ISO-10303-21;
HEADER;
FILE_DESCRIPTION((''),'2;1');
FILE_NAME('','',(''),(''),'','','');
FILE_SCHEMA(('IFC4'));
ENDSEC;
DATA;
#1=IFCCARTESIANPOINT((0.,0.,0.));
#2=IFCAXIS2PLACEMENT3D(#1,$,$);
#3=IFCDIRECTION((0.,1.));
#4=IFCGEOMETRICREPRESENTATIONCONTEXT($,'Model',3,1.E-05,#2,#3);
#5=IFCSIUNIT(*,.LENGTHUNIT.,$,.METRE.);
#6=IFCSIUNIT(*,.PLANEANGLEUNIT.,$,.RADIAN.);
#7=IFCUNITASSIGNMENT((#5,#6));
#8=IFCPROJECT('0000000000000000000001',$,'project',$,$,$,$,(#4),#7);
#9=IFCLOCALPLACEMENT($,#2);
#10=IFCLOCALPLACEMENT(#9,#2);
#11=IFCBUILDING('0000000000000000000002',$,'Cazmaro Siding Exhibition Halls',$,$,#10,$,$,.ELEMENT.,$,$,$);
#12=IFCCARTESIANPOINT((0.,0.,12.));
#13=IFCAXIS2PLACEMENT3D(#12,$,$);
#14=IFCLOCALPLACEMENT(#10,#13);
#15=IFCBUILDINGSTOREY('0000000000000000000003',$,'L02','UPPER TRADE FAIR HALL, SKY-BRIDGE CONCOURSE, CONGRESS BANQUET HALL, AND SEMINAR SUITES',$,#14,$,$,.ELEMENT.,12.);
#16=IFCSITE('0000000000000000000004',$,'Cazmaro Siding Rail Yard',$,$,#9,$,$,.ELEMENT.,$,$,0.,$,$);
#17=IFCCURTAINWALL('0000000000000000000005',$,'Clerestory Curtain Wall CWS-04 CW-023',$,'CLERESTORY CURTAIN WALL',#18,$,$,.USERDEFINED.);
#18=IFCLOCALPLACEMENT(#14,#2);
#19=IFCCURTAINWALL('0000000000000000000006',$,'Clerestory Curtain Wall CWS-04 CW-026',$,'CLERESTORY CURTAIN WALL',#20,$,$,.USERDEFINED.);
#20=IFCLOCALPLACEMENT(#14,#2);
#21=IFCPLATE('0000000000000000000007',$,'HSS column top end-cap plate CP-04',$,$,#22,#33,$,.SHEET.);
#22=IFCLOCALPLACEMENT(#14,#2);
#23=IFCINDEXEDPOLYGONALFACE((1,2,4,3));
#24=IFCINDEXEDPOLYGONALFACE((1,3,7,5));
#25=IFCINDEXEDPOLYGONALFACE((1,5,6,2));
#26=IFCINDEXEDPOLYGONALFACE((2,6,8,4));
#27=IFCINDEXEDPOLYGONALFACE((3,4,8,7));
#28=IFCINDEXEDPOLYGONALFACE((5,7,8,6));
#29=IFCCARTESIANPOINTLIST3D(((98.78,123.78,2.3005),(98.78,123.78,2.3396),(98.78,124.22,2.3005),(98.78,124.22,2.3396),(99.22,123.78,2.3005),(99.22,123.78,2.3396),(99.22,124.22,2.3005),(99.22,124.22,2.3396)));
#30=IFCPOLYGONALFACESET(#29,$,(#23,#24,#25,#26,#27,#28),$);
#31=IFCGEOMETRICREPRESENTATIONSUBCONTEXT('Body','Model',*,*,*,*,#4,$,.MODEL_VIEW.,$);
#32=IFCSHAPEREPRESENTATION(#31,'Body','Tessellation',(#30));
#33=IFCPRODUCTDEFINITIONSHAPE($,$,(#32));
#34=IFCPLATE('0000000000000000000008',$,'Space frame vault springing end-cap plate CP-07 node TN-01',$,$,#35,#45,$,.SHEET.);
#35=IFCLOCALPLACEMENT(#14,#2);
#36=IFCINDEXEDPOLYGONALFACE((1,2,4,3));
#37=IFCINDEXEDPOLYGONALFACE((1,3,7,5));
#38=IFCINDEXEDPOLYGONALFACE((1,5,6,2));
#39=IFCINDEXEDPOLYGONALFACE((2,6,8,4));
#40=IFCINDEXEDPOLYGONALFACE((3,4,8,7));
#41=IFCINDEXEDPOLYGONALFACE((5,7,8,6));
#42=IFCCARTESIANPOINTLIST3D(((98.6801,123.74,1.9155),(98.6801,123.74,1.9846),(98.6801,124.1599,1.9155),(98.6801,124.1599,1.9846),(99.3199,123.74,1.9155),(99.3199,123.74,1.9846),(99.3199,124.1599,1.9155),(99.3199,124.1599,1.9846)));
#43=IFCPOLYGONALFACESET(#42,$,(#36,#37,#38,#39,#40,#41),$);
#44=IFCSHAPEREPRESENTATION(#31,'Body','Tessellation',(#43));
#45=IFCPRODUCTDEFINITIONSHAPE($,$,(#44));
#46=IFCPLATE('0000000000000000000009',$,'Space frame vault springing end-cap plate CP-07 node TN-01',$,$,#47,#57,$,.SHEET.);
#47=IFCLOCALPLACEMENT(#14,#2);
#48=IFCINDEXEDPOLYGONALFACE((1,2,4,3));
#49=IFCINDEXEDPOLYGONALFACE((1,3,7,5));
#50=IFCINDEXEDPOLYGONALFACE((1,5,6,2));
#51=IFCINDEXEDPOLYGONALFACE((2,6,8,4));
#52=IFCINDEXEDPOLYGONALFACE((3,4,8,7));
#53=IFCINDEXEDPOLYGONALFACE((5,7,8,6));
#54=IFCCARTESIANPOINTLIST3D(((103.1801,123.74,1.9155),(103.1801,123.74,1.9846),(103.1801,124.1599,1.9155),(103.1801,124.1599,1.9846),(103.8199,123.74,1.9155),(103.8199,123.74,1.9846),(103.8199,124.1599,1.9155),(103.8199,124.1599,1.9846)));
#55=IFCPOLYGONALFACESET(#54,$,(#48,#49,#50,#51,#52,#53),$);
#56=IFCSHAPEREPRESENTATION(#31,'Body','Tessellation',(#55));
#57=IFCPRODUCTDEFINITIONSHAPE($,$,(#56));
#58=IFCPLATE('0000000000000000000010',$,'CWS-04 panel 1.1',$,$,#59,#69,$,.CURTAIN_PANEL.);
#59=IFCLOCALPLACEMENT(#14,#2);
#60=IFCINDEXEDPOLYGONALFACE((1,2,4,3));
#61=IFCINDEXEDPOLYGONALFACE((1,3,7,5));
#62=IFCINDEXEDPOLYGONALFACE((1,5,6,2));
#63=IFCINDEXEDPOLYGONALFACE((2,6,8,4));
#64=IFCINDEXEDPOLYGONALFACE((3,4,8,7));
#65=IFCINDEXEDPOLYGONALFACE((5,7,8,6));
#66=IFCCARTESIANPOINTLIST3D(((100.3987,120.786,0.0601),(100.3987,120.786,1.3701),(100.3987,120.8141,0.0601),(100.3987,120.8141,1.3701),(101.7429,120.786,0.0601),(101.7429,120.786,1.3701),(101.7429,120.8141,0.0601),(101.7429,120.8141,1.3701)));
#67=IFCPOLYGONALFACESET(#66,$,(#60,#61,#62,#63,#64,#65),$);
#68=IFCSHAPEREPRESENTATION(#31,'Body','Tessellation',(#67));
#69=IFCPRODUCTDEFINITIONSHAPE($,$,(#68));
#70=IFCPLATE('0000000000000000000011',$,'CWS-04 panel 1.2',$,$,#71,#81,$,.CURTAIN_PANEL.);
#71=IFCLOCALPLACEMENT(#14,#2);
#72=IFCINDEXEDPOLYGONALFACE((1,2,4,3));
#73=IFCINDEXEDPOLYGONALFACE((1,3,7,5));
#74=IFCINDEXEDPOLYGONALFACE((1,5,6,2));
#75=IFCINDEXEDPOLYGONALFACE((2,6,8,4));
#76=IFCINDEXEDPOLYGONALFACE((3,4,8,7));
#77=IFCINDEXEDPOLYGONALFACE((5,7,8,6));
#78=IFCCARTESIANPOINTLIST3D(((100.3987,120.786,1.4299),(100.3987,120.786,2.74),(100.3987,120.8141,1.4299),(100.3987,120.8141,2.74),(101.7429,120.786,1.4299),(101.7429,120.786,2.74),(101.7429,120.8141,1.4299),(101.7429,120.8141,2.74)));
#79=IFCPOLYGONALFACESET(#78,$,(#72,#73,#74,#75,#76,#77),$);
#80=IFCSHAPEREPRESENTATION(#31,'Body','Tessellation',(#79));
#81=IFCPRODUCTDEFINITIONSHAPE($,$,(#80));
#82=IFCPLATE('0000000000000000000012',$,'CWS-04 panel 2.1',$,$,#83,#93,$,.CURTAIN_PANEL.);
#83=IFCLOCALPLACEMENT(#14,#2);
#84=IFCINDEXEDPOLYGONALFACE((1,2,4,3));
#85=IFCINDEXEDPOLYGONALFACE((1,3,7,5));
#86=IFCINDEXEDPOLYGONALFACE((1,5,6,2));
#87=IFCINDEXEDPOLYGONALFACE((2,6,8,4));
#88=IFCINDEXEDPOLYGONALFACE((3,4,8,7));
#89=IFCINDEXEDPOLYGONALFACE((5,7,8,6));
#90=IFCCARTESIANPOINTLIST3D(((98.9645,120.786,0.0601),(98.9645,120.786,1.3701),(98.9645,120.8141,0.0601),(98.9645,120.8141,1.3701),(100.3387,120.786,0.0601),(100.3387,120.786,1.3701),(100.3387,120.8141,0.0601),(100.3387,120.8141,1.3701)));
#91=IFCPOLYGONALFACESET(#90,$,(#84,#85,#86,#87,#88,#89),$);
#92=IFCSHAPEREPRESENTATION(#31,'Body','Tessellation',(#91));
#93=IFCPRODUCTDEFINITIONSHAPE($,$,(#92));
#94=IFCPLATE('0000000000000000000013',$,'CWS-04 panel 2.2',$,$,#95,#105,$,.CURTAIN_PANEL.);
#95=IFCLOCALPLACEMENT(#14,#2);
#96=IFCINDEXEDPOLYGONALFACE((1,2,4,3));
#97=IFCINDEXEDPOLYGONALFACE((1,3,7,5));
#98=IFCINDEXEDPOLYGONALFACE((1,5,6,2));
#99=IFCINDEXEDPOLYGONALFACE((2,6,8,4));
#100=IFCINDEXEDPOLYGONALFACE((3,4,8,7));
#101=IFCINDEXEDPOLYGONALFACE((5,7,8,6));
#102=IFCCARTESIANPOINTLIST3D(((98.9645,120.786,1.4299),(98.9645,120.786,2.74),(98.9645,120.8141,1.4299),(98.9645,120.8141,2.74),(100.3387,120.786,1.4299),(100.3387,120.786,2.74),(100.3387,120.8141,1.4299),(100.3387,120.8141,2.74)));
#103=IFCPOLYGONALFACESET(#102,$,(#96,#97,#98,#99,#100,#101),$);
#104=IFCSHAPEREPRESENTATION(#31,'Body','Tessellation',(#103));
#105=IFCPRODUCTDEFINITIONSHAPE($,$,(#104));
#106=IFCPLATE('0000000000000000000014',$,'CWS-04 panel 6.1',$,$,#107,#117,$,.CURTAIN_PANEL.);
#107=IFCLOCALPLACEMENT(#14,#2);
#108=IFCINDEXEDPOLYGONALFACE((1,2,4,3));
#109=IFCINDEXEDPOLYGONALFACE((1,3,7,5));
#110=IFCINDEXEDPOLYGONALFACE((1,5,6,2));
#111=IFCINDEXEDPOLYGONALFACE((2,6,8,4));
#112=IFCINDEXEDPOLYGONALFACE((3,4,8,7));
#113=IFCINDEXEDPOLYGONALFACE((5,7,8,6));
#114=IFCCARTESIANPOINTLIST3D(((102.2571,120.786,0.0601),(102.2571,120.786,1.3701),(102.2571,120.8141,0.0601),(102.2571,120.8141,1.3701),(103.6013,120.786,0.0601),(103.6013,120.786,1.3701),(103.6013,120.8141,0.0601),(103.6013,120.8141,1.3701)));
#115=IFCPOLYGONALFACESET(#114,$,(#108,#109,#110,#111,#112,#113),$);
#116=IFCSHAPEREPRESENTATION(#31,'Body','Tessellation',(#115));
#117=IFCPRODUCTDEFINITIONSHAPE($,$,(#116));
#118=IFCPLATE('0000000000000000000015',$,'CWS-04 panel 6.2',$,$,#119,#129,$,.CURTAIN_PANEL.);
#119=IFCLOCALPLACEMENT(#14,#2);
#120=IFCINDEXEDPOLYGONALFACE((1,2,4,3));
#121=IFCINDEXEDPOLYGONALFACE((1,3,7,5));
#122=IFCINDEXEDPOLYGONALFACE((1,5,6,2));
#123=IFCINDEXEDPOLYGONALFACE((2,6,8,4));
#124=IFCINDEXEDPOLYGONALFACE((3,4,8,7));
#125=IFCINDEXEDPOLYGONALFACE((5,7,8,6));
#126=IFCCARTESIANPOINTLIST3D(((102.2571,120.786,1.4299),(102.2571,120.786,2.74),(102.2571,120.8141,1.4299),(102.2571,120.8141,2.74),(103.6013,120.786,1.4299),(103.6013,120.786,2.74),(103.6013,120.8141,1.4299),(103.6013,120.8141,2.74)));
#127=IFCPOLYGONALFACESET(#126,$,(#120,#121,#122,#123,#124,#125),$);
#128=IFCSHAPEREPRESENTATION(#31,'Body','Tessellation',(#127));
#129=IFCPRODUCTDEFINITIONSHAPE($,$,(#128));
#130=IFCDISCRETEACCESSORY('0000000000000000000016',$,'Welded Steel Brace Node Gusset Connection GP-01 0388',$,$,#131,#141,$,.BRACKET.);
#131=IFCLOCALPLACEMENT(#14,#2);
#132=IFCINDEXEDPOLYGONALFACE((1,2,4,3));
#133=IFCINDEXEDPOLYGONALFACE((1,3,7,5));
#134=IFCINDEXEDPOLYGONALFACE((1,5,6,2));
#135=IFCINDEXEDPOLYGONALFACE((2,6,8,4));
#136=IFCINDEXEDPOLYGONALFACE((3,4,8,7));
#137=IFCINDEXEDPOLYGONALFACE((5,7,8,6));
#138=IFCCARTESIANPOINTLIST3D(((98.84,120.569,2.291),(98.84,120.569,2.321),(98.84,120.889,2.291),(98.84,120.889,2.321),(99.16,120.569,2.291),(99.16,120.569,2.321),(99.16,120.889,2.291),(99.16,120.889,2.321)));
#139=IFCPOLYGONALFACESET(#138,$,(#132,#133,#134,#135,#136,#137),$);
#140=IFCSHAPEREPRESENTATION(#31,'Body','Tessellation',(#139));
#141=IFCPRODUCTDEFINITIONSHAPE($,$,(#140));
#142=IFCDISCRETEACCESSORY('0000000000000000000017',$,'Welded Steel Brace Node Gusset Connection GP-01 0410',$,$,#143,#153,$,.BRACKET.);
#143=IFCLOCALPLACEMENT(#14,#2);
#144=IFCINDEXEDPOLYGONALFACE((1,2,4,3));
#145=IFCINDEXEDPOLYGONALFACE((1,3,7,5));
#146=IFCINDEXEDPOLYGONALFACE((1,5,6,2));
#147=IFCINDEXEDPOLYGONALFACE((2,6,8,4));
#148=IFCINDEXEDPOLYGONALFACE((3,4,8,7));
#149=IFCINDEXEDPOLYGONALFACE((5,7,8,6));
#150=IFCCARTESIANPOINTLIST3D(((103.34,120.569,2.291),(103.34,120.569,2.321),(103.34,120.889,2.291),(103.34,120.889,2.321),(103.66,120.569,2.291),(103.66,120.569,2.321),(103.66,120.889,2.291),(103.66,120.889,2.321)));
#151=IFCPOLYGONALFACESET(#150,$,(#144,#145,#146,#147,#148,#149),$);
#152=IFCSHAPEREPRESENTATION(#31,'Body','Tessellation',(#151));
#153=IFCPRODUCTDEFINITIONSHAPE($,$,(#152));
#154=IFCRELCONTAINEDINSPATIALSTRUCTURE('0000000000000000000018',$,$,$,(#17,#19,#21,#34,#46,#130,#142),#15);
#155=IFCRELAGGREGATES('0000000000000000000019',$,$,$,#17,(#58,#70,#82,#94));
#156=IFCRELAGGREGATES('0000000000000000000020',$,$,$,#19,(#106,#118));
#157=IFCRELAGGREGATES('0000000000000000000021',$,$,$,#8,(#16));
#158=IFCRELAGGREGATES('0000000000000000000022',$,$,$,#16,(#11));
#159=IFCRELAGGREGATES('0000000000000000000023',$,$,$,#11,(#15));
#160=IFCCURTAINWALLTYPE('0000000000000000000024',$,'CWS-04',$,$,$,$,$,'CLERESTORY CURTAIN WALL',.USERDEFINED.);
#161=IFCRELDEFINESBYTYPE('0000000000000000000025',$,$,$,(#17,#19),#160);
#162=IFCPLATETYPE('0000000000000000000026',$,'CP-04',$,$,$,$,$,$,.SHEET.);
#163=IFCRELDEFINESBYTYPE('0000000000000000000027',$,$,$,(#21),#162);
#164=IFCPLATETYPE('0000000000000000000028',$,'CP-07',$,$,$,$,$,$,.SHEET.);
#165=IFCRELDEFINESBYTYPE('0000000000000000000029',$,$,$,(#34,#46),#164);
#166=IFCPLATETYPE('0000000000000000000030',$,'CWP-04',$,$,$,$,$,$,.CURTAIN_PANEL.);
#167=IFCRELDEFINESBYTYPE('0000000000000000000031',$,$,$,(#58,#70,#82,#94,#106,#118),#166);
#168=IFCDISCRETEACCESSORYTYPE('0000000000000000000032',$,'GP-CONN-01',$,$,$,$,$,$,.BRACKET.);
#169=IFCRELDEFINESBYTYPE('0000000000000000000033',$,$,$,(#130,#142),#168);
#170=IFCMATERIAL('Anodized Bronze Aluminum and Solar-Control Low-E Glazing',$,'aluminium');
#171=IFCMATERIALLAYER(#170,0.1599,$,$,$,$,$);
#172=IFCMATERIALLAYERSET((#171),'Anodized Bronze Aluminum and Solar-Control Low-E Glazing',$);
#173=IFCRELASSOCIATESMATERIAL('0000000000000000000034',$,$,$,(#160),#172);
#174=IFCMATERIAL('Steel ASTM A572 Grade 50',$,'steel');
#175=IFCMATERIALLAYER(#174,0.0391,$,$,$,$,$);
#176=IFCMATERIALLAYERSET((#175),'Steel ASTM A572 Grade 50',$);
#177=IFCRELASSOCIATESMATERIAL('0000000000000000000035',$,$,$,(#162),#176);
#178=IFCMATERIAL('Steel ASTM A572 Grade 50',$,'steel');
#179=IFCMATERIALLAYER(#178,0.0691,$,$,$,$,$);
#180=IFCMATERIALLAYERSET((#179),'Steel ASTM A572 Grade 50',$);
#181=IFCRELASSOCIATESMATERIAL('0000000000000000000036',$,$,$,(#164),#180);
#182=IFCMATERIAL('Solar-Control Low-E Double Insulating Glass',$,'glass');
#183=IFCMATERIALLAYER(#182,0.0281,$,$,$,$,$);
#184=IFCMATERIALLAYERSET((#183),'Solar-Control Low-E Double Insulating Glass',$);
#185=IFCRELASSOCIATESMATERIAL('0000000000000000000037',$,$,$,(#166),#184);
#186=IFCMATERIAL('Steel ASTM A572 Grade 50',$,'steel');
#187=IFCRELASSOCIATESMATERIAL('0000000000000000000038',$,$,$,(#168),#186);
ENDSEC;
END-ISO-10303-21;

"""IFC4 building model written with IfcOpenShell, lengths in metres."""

from ifc_helpers import new_model, si_unit, direction, frame, origin, origin_2d, place, context, subcontext, project, spatial, rectangle, extrude, material, layer, layer_set, type_object, element, aggregate, save


model = new_model("IFC4")

# Units and contexts
model_context = context("Model", 3, precision=1e-05, world=origin(), true_north=direction((0.0, 1.0)))
body_context = subcontext(model_context, "Body", "Model", "MODEL_VIEW")
ifc_project = project(units=[si_unit("LENGTHUNIT", "METRE"), si_unit("PLANEANGLEUNIT", "RADIAN")], contexts=[model_context])

# Site, building, storey
site_placement = place(None, origin())
site = spatial("IfcSite", under=ifc_project, at=site_placement, Name="Cazmaro Siding Rail Yard", CompositionType="ELEMENT", RefElevation=0.0)
building_placement = place(site_placement, origin())
building = spatial("IfcBuilding", under=site, at=building_placement, Name="Cazmaro Siding Exhibition Halls", CompositionType="ELEMENT")
storey_placement = place(building_placement, frame((0.0, 0.0, 12.0)))
storey = spatial("IfcBuildingStorey", under=building, at=storey_placement, Name="L02", Description="UPPER TRADE FAIR HALL, SKY-BRIDGE CONCOURSE, CONGRESS BANQUET HALL, AND SEMINAR SUITES", CompositionType="ELEMENT", Elevation=12.0)

# Curtain wall
ifc_material_1 = material(Name="Anodized Bronze Aluminum and Solar-Control Low-E Glazing", Category="aluminium")
ifc_layer_1 = layer(ifc_material_1, 0.1599)
ifc_layer_set_1 = layer_set([ifc_layer_1], Name="Anodized Bronze Aluminum and Solar-Control Low-E Glazing")
curtain_wall_type = type_object("IfcCurtainWallType", Name="CWS-04", ElementType="CLERESTORY CURTAIN WALL", PredefinedType="USERDEFINED", material=ifc_layer_set_1)
curtain_wall_1_placement = place(storey_placement, origin())
curtain_wall_1 = element("IfcCurtainWall", 1, at=curtain_wall_1_placement, inside=storey, type_object=curtain_wall_type, Name="Clerestory Curtain Wall CWS-04 CW-023", ObjectType="CLERESTORY CURTAIN WALL", PredefinedType="USERDEFINED")

# Curtain wall
curtain_wall_2_placement = place(storey_placement, origin())
curtain_wall_2 = element("IfcCurtainWall", 2, at=curtain_wall_2_placement, inside=storey, type_object=curtain_wall_type, Name="Clerestory Curtain Wall CWS-04 CW-026", ObjectType="CLERESTORY CURTAIN WALL", PredefinedType="USERDEFINED")

# Plates
ifc_material_2 = material(Name="Steel ASTM A572 Grade 50", Category="steel")
ifc_layer_2 = layer(ifc_material_2, 0.0391)
ifc_layer_set_2 = layer_set([ifc_layer_2], Name="Steel ASTM A572 Grade 50")
plate_type_1 = type_object("IfcPlateType", Name="CP-04", PredefinedType="SHEET", material=ifc_layer_set_2)
plate_1_placement = place(storey_placement, frame((99.0, 124.0, 2.3005), z_axis=(0.0, 0.0, 1.0), x_axis=(1.0, 0.0, 0.0)))
element("IfcPlate", 3, at=plate_1_placement, inside=storey, type_object=plate_type_1, Name="HSS column top end-cap plate CP-04", PredefinedType="SHEET", context=body_context, shape_type="SweptSolid", body=[
    extrude(rectangle(XDim=0.4399, YDim=0.4399, at=origin_2d()), origin(), (0.0, 0.0, 1.0), 0.0391),
])
ifc_material_3 = material(Name="Steel ASTM A572 Grade 50", Category="steel")
ifc_layer_3 = layer(ifc_material_3, 0.0691)
ifc_layer_set_3 = layer_set([ifc_layer_3], Name="Steel ASTM A572 Grade 50")
plate_type_2 = type_object("IfcPlateType", Name="CP-07", PredefinedType="SHEET", material=ifc_layer_set_3)
for number, where, z_axis, x_axis, name in (
    (4, (99.0, 123.95, 1.9155), (0.0, 0.0, 1.0), (1.0, 0.0, 0.0), "Space frame vault springing end-cap plate CP-07 node TN-01"),
    (5, (103.5, 123.95, 1.9155), (0.0, 0.0, 1.0), (1.0, 0.0, 0.0), "Space frame vault springing end-cap plate CP-07 node TN-01"),
):
    element("IfcPlate", number, at=place(storey_placement, frame(where, z_axis=z_axis, x_axis=x_axis)), inside=storey, type_object=plate_type_2, Name=name, PredefinedType="SHEET", context=body_context, shape_type="SweptSolid", body=[
        extrude(rectangle(XDim=0.6399, YDim=0.4199, at=origin_2d()), origin(), (0.0, 0.0, 1.0), 0.0691),
    ])

# Plates
ifc_material_4 = material(Name="Solar-Control Low-E Double Insulating Glass", Category="glass")
ifc_layer_4 = layer(ifc_material_4, 0.0281)
ifc_layer_set_4 = layer_set([ifc_layer_4], Name="Solar-Control Low-E Double Insulating Glass")
plate_type_3 = type_object("IfcPlateType", Name="CWP-04", PredefinedType="CURTAIN_PANEL", material=ifc_layer_set_4)
plate_2_placement = place(storey_placement, frame((101.0708, 120.8, 0.0601), z_axis=(0.0, 0.0, 1.0), x_axis=(-1.0, 0.0, 0.0)))
plate_2 = element("IfcPlate", 6, at=plate_2_placement, type_object=plate_type_3, Name="CWS-04 panel 1.1", PredefinedType="CURTAIN_PANEL", context=body_context, shape_type="SweptSolid", body=[
    extrude(rectangle(XDim=1.3442, YDim=0.0281, at=origin_2d()), origin(), (0.0, 0.0, 1.0), 1.3101),
])
plate_3_placement = place(storey_placement, frame((101.0708, 120.8, 1.4299), z_axis=(0.0, 0.0, 1.0), x_axis=(-1.0, 0.0, 0.0)))
plate_3 = element("IfcPlate", 7, at=plate_3_placement, type_object=plate_type_3, Name="CWS-04 panel 1.2", PredefinedType="CURTAIN_PANEL", context=body_context, shape_type="SweptSolid", body=[
    extrude(rectangle(XDim=1.3442, YDim=0.0281, at=origin_2d()), origin(), (0.0, 0.0, 1.0), 1.3101),
])
plate_4_placement = place(storey_placement, frame((99.6516, 120.8, 0.0601), z_axis=(0.0, 0.0, 1.0), x_axis=(-1.0, 0.0, 0.0)))
plate_4 = element("IfcPlate", 8, at=plate_4_placement, type_object=plate_type_3, Name="CWS-04 panel 2.1", PredefinedType="CURTAIN_PANEL", context=body_context, shape_type="SweptSolid", body=[
    extrude(rectangle(XDim=1.3743, YDim=0.0281, at=origin_2d()), origin(), (0.0, 0.0, 1.0), 1.3101),
])
plate_5_placement = place(storey_placement, frame((99.6516, 120.8, 1.4299), z_axis=(0.0, 0.0, 1.0), x_axis=(-1.0, 0.0, 0.0)))
plate_5 = element("IfcPlate", 9, at=plate_5_placement, type_object=plate_type_3, Name="CWS-04 panel 2.2", PredefinedType="CURTAIN_PANEL", context=body_context, shape_type="SweptSolid", body=[
    extrude(rectangle(XDim=1.3743, YDim=0.0281, at=origin_2d()), origin(), (0.0, 0.0, 1.0), 1.3101),
])
aggregate(curtain_wall_1, [plate_2, plate_3, plate_4, plate_5])
plate_6_placement = place(storey_placement, frame((102.9292, 120.8, 0.0601), z_axis=(0.0, 0.0, 1.0), x_axis=(-1.0, 0.0, 0.0)))
plate_6 = element("IfcPlate", 10, at=plate_6_placement, type_object=plate_type_3, Name="CWS-04 panel 6.1", PredefinedType="CURTAIN_PANEL", context=body_context, shape_type="SweptSolid", body=[
    extrude(rectangle(XDim=1.3442, YDim=0.0281, at=origin_2d()), origin(), (0.0, 0.0, 1.0), 1.3101),
])
plate_7_placement = place(storey_placement, frame((102.9292, 120.8, 1.4299), z_axis=(0.0, 0.0, 1.0), x_axis=(-1.0, 0.0, 0.0)))
plate_7 = element("IfcPlate", 11, at=plate_7_placement, type_object=plate_type_3, Name="CWS-04 panel 6.2", PredefinedType="CURTAIN_PANEL", context=body_context, shape_type="SweptSolid", body=[
    extrude(rectangle(XDim=1.3442, YDim=0.0281, at=origin_2d()), origin(), (0.0, 0.0, 1.0), 1.3101),
])
aggregate(curtain_wall_2, [plate_6, plate_7])

# Discrete accessories
ifc_material_5 = material(Name="Steel ASTM A572 Grade 50", Category="steel")
discrete_accessory_type = type_object("IfcDiscreteAccessoryType", Name="GP-CONN-01", PredefinedType="BRACKET", material=ifc_material_5)
for number, where, z_axis, x_axis, name in (
    (12, (99.0, 120.729, 2.291), (0.0, 0.0, 1.0), (1.0, 0.0, 0.0), "Welded Steel Brace Node Gusset Connection GP-01 0388"),
    (13, (103.5, 120.729, 2.291), (0.0, 0.0, 1.0), (1.0, 0.0, 0.0), "Welded Steel Brace Node Gusset Connection GP-01 0410"),
):
    element("IfcDiscreteAccessory", number, at=place(storey_placement, frame(where, z_axis=z_axis, x_axis=x_axis)), inside=storey, type_object=discrete_accessory_type, Name=name, PredefinedType="BRACKET", context=body_context, shape_type="SweptSolid", body=[
        extrude(rectangle(XDim=0.3201, YDim=0.3201, at=origin_2d()), origin(), (0.0, 0.0, 1.0), 0.03),
    ])

save(model, "model.ifc")
